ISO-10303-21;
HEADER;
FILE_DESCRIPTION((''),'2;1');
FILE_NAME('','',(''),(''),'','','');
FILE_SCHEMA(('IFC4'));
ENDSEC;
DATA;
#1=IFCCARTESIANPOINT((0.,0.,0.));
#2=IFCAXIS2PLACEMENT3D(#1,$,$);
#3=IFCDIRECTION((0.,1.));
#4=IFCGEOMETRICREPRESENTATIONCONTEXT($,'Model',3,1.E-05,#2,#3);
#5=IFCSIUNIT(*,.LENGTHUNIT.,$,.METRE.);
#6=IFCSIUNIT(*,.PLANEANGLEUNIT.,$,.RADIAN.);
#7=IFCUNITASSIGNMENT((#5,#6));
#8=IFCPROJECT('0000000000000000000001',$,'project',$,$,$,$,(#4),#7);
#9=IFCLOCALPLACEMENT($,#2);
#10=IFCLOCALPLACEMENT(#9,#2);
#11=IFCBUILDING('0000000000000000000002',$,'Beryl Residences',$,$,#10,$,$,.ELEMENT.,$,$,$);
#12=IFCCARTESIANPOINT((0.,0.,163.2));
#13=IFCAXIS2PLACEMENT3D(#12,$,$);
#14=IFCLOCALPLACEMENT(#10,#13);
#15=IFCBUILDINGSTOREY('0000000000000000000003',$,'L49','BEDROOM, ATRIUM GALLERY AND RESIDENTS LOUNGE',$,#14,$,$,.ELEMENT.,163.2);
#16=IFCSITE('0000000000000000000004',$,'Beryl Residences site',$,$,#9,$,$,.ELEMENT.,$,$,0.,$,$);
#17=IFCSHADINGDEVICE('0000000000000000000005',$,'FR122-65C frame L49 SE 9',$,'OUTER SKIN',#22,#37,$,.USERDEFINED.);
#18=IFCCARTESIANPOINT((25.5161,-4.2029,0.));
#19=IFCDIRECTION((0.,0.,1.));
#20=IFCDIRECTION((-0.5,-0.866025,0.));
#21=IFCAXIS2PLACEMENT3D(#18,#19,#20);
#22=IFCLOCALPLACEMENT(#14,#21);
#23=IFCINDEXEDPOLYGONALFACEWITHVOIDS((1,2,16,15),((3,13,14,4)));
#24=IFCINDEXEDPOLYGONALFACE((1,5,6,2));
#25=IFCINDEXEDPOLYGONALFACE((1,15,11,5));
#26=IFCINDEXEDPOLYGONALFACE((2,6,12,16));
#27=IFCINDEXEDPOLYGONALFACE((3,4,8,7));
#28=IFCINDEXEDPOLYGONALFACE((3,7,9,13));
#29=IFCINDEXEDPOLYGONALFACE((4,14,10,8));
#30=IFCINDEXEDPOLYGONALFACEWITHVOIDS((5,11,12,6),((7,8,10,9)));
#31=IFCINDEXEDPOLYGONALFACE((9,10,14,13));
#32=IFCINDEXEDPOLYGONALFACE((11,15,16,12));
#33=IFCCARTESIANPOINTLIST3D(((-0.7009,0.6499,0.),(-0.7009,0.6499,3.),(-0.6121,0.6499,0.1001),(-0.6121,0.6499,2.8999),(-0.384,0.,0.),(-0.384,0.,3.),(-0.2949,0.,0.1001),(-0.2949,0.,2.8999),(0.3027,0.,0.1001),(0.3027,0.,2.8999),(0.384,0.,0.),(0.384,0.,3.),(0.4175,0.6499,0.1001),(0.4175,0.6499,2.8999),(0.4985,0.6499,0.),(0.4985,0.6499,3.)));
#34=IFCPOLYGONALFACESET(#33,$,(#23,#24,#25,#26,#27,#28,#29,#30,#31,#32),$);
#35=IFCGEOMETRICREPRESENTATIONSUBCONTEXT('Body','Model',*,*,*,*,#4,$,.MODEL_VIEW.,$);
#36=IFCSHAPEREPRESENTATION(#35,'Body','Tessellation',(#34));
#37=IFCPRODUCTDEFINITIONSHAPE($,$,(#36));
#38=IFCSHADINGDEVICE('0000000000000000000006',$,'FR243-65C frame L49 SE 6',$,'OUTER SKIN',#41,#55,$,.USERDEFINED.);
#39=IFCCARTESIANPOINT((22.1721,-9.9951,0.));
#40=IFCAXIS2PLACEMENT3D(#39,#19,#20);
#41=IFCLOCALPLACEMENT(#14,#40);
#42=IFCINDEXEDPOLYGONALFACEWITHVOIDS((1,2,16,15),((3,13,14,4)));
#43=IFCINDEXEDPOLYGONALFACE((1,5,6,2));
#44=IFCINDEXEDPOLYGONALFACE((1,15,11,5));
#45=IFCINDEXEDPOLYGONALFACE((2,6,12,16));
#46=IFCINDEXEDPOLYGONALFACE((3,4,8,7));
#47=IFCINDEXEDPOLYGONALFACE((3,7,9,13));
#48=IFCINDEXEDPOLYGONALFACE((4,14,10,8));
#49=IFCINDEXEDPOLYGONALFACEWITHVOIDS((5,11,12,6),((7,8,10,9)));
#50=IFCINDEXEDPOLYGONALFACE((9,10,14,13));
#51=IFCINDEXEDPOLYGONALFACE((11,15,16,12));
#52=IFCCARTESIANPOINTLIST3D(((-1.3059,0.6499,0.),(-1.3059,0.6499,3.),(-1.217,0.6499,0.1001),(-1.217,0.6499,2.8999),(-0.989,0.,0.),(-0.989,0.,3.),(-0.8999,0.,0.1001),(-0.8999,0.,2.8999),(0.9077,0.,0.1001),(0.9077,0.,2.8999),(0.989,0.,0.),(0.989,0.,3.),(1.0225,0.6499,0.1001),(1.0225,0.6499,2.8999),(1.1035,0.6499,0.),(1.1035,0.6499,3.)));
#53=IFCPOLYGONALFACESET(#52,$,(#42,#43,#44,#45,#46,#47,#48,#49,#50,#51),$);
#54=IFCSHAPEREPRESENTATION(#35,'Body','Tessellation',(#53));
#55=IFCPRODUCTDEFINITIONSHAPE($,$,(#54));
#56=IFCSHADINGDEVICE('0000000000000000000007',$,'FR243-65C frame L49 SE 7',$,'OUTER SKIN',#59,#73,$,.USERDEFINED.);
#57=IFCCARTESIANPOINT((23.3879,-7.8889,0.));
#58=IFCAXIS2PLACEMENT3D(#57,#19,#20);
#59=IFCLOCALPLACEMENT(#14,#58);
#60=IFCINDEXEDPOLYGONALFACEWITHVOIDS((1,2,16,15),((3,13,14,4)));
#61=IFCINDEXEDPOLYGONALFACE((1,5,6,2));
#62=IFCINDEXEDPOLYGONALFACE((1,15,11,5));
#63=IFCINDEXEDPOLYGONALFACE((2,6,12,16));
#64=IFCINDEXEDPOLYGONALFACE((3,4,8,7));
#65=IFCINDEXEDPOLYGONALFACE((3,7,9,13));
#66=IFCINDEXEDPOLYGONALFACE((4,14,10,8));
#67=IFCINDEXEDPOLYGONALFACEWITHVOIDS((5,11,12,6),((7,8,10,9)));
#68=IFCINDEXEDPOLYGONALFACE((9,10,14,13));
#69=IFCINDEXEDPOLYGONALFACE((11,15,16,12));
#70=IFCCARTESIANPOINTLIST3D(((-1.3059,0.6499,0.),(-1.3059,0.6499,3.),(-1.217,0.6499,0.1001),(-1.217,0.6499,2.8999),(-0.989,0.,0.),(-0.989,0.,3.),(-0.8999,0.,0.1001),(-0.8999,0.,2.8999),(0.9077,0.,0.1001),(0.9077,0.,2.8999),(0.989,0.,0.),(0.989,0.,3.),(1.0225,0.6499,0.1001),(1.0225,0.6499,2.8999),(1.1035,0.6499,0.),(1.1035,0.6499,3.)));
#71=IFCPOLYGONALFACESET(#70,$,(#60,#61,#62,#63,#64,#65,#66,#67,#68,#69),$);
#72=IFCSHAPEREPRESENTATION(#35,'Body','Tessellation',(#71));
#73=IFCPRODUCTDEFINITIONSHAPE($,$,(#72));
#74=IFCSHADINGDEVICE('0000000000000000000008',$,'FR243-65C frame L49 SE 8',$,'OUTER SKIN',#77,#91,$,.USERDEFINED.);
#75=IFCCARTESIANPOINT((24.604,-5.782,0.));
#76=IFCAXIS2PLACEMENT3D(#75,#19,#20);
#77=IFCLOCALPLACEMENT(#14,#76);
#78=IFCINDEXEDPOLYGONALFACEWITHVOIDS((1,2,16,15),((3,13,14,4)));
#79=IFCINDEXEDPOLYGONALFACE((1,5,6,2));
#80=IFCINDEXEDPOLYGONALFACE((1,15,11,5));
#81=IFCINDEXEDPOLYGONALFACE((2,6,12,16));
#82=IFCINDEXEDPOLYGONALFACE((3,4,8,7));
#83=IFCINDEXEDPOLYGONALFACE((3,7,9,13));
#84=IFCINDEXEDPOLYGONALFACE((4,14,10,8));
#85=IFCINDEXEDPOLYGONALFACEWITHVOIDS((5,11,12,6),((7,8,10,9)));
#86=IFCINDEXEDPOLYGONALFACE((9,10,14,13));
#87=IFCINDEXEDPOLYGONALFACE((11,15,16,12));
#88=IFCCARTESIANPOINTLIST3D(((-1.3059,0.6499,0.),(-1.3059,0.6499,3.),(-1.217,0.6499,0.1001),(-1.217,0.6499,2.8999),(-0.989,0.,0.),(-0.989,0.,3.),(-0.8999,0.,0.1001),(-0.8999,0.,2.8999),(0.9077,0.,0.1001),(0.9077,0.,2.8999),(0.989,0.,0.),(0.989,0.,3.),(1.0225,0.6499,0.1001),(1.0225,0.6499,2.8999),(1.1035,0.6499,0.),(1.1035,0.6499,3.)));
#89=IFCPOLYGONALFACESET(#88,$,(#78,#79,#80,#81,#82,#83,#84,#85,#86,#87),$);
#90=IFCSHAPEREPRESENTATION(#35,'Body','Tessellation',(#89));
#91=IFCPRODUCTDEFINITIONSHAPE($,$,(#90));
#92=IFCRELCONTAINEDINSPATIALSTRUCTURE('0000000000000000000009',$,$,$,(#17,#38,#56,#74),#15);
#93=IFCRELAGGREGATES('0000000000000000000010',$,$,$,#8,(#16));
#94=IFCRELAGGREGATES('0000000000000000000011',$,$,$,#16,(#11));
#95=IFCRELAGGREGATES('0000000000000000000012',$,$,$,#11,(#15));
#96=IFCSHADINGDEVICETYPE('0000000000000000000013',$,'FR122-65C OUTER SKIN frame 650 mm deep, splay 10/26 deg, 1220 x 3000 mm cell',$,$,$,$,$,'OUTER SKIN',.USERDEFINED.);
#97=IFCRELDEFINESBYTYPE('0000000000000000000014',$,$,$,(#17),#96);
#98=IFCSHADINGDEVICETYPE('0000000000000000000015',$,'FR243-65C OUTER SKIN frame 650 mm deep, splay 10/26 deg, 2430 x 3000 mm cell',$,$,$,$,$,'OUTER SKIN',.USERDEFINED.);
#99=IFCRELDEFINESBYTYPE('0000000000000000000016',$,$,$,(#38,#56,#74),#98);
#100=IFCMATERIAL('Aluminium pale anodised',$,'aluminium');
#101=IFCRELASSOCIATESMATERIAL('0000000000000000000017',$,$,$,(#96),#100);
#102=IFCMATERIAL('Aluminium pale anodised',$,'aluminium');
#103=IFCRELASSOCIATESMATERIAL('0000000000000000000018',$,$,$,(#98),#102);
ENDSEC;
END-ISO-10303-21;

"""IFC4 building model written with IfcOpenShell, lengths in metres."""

from ifc_helpers import new_model, entity, si_unit, direction, frame, origin, place, context, subcontext, project, spatial, source, transform, mapped, material, type_object, type_shapes, element, save


model = new_model("IFC4")

# Units and contexts
model_context = context("Model", 3, precision=1e-05, world=origin(), true_north=direction((0.0, 1.0)))
body_context = subcontext(model_context, "Body", "Model", "MODEL_VIEW")
ifc_project = project(units=[si_unit("LENGTHUNIT", "METRE"), si_unit("PLANEANGLEUNIT", "RADIAN")], contexts=[model_context])

# Site, building, storey
site_placement = place(None, origin())
site = spatial("IfcSite", under=ifc_project, at=site_placement, Name="Beryl Residences site", CompositionType="ELEMENT", RefElevation=0.0)
building_placement = place(site_placement, origin())
building = spatial("IfcBuilding", under=site, at=building_placement, Name="Beryl Residences", CompositionType="ELEMENT")
storey_placement = place(building_placement, frame((0.0, 0.0, 163.2)))
storey = spatial("IfcBuildingStorey", under=building, at=storey_placement, Name="L49", Description="BEDROOM, ATRIUM GALLERY AND RESIDENTS LOUNGE", CompositionType="ELEMENT", Elevation=163.2)

# Shading devices
ifc_material_1 = material(Name="Aluminium pale anodised", Category="aluminium")
shading_device_type_1 = type_object("IfcShadingDeviceType", Name="FR122-65C OUTER SKIN frame 650 mm deep, splay 10/26 deg, 1220 x 3000 mm cell", ElementType="OUTER SKIN", PredefinedType="USERDEFINED", material=ifc_material_1)
cartesian_point_1 = entity("IfcCartesianPoint", [-0.384, 0.0])
cartesian_point_2 = entity("IfcCartesianPoint", [-0.3027, 0.1001])
cartesian_point_3 = entity("IfcCartesianPoint", [-0.4985, 0.0])
cartesian_point_4 = entity("IfcCartesianPoint", [-0.4175, 0.1001])
shared_shape_1 = source(origin(), body_context, "Body", "SweptSolid", [
    entity("IfcExtrudedAreaSolidTapered", entity("IfcArbitraryProfileDefWithVoids", "AREA", None, entity("IfcPolyline", [cartesian_point_1, entity("IfcCartesianPoint", [0.384, 0.0]), entity("IfcCartesianPoint", [0.384, 3.0]), entity("IfcCartesianPoint", [-0.384, 3.0]), cartesian_point_1]), [entity("IfcPolyline", [cartesian_point_2, entity("IfcCartesianPoint", [0.2949, 0.1001]), entity("IfcCartesianPoint", [0.2949, 2.8999]), entity("IfcCartesianPoint", [-0.3027, 2.8999]), cartesian_point_2])]), entity("IfcAxis2Placement3D", entity("IfcCartesianPoint", [0.0, 0.0, 0.0]), entity("IfcDirection", [0.0, 1.0, 0.0]), entity("IfcDirection", [-1.0, 0.0, 0.0])), entity("IfcDirection", [0.0, 0.0, 1.0]), 0.6499, entity("IfcArbitraryProfileDefWithVoids", "AREA", None, entity("IfcPolyline", [cartesian_point_3, entity("IfcCartesianPoint", [0.7009, 0.0]), entity("IfcCartesianPoint", [0.7009, 3.0]), entity("IfcCartesianPoint", [-0.4985, 3.0]), cartesian_point_3]), [entity("IfcPolyline", [cartesian_point_4, entity("IfcCartesianPoint", [0.6121, 0.1001]), entity("IfcCartesianPoint", [0.6121, 2.8999]), entity("IfcCartesianPoint", [-0.4175, 2.8999]), cartesian_point_4])])),
])
type_shapes(shading_device_type_1, [shared_shape_1])
shading_device_placement = place(storey_placement, frame((25.5161, -4.2029, 0.0), z_axis=(0.0, 0.0, 1.0), x_axis=(-0.5, -0.866025, 0.0)))
element("IfcShadingDevice", 1, at=shading_device_placement, inside=storey, type_object=shading_device_type_1, Name="FR122-65C frame L49 SE 9", ObjectType="OUTER SKIN", PredefinedType="USERDEFINED", context=body_context, shape_type="MappedRepresentation", body=[
    mapped(shared_shape_1, transform((0.0, 0.0, 0.0))),
])
ifc_material_2 = material(Name="Aluminium pale anodised", Category="aluminium")
shading_device_type_2 = type_object("IfcShadingDeviceType", Name="FR243-65C OUTER SKIN frame 650 mm deep, splay 10/26 deg, 2430 x 3000 mm cell", ElementType="OUTER SKIN", PredefinedType="USERDEFINED", material=ifc_material_2)
cartesian_point_5 = entity("IfcCartesianPoint", [-0.989, 0.0])
cartesian_point_6 = entity("IfcCartesianPoint", [-0.9077, 0.1001])
cartesian_point_7 = entity("IfcCartesianPoint", [-1.1035, 0.0])
cartesian_point_8 = entity("IfcCartesianPoint", [-1.0225, 0.1001])
shared_shape_2 = source(origin(), body_context, "Body", "SweptSolid", [
    entity("IfcExtrudedAreaSolidTapered", entity("IfcArbitraryProfileDefWithVoids", "AREA", None, entity("IfcPolyline", [cartesian_point_5, entity("IfcCartesianPoint", [0.989, 0.0]), entity("IfcCartesianPoint", [0.989, 3.0]), entity("IfcCartesianPoint", [-0.989, 3.0]), cartesian_point_5]), [entity("IfcPolyline", [cartesian_point_6, entity("IfcCartesianPoint", [0.8999, 0.1001]), entity("IfcCartesianPoint", [0.8999, 2.8999]), entity("IfcCartesianPoint", [-0.9077, 2.8999]), cartesian_point_6])]), entity("IfcAxis2Placement3D", entity("IfcCartesianPoint", [0.0, 0.0, 0.0]), entity("IfcDirection", [0.0, 1.0, 0.0]), entity("IfcDirection", [-1.0, 0.0, 0.0])), entity("IfcDirection", [0.0, 0.0, 1.0]), 0.6499, entity("IfcArbitraryProfileDefWithVoids", "AREA", None, entity("IfcPolyline", [cartesian_point_7, entity("IfcCartesianPoint", [1.3059, 0.0]), entity("IfcCartesianPoint", [1.3059, 3.0]), entity("IfcCartesianPoint", [-1.1035, 3.0]), cartesian_point_7]), [entity("IfcPolyline", [cartesian_point_8, entity("IfcCartesianPoint", [1.217, 0.1001]), entity("IfcCartesianPoint", [1.217, 2.8999]), entity("IfcCartesianPoint", [-1.0225, 2.8999]), cartesian_point_8])])),
])
type_shapes(shading_device_type_2, [shared_shape_2])
for number, where, z_axis, x_axis, name in (
    (2, (22.1721, -9.9951, 0.0), (0.0, 0.0, 1.0), (-0.5, -0.866025, 0.0), "FR243-65C frame L49 SE 6"),
    (3, (23.3879, -7.8889, 0.0), (0.0, 0.0, 1.0), (-0.5, -0.866025, 0.0), "FR243-65C frame L49 SE 7"),
    (4, (24.604, -5.782, 0.0), (0.0, 0.0, 1.0), (-0.5, -0.866025, 0.0), "FR243-65C frame L49 SE 8"),
):
    element("IfcShadingDevice", number, at=place(storey_placement, frame(where, z_axis=z_axis, x_axis=x_axis)), inside=storey, type_object=shading_device_type_2, Name=name, ObjectType="OUTER SKIN", PredefinedType="USERDEFINED", context=body_context, shape_type="MappedRepresentation", body=[
        mapped(shared_shape_2, transform((0.0, 0.0, 0.0))),
    ])

save(model, "model.ifc")
